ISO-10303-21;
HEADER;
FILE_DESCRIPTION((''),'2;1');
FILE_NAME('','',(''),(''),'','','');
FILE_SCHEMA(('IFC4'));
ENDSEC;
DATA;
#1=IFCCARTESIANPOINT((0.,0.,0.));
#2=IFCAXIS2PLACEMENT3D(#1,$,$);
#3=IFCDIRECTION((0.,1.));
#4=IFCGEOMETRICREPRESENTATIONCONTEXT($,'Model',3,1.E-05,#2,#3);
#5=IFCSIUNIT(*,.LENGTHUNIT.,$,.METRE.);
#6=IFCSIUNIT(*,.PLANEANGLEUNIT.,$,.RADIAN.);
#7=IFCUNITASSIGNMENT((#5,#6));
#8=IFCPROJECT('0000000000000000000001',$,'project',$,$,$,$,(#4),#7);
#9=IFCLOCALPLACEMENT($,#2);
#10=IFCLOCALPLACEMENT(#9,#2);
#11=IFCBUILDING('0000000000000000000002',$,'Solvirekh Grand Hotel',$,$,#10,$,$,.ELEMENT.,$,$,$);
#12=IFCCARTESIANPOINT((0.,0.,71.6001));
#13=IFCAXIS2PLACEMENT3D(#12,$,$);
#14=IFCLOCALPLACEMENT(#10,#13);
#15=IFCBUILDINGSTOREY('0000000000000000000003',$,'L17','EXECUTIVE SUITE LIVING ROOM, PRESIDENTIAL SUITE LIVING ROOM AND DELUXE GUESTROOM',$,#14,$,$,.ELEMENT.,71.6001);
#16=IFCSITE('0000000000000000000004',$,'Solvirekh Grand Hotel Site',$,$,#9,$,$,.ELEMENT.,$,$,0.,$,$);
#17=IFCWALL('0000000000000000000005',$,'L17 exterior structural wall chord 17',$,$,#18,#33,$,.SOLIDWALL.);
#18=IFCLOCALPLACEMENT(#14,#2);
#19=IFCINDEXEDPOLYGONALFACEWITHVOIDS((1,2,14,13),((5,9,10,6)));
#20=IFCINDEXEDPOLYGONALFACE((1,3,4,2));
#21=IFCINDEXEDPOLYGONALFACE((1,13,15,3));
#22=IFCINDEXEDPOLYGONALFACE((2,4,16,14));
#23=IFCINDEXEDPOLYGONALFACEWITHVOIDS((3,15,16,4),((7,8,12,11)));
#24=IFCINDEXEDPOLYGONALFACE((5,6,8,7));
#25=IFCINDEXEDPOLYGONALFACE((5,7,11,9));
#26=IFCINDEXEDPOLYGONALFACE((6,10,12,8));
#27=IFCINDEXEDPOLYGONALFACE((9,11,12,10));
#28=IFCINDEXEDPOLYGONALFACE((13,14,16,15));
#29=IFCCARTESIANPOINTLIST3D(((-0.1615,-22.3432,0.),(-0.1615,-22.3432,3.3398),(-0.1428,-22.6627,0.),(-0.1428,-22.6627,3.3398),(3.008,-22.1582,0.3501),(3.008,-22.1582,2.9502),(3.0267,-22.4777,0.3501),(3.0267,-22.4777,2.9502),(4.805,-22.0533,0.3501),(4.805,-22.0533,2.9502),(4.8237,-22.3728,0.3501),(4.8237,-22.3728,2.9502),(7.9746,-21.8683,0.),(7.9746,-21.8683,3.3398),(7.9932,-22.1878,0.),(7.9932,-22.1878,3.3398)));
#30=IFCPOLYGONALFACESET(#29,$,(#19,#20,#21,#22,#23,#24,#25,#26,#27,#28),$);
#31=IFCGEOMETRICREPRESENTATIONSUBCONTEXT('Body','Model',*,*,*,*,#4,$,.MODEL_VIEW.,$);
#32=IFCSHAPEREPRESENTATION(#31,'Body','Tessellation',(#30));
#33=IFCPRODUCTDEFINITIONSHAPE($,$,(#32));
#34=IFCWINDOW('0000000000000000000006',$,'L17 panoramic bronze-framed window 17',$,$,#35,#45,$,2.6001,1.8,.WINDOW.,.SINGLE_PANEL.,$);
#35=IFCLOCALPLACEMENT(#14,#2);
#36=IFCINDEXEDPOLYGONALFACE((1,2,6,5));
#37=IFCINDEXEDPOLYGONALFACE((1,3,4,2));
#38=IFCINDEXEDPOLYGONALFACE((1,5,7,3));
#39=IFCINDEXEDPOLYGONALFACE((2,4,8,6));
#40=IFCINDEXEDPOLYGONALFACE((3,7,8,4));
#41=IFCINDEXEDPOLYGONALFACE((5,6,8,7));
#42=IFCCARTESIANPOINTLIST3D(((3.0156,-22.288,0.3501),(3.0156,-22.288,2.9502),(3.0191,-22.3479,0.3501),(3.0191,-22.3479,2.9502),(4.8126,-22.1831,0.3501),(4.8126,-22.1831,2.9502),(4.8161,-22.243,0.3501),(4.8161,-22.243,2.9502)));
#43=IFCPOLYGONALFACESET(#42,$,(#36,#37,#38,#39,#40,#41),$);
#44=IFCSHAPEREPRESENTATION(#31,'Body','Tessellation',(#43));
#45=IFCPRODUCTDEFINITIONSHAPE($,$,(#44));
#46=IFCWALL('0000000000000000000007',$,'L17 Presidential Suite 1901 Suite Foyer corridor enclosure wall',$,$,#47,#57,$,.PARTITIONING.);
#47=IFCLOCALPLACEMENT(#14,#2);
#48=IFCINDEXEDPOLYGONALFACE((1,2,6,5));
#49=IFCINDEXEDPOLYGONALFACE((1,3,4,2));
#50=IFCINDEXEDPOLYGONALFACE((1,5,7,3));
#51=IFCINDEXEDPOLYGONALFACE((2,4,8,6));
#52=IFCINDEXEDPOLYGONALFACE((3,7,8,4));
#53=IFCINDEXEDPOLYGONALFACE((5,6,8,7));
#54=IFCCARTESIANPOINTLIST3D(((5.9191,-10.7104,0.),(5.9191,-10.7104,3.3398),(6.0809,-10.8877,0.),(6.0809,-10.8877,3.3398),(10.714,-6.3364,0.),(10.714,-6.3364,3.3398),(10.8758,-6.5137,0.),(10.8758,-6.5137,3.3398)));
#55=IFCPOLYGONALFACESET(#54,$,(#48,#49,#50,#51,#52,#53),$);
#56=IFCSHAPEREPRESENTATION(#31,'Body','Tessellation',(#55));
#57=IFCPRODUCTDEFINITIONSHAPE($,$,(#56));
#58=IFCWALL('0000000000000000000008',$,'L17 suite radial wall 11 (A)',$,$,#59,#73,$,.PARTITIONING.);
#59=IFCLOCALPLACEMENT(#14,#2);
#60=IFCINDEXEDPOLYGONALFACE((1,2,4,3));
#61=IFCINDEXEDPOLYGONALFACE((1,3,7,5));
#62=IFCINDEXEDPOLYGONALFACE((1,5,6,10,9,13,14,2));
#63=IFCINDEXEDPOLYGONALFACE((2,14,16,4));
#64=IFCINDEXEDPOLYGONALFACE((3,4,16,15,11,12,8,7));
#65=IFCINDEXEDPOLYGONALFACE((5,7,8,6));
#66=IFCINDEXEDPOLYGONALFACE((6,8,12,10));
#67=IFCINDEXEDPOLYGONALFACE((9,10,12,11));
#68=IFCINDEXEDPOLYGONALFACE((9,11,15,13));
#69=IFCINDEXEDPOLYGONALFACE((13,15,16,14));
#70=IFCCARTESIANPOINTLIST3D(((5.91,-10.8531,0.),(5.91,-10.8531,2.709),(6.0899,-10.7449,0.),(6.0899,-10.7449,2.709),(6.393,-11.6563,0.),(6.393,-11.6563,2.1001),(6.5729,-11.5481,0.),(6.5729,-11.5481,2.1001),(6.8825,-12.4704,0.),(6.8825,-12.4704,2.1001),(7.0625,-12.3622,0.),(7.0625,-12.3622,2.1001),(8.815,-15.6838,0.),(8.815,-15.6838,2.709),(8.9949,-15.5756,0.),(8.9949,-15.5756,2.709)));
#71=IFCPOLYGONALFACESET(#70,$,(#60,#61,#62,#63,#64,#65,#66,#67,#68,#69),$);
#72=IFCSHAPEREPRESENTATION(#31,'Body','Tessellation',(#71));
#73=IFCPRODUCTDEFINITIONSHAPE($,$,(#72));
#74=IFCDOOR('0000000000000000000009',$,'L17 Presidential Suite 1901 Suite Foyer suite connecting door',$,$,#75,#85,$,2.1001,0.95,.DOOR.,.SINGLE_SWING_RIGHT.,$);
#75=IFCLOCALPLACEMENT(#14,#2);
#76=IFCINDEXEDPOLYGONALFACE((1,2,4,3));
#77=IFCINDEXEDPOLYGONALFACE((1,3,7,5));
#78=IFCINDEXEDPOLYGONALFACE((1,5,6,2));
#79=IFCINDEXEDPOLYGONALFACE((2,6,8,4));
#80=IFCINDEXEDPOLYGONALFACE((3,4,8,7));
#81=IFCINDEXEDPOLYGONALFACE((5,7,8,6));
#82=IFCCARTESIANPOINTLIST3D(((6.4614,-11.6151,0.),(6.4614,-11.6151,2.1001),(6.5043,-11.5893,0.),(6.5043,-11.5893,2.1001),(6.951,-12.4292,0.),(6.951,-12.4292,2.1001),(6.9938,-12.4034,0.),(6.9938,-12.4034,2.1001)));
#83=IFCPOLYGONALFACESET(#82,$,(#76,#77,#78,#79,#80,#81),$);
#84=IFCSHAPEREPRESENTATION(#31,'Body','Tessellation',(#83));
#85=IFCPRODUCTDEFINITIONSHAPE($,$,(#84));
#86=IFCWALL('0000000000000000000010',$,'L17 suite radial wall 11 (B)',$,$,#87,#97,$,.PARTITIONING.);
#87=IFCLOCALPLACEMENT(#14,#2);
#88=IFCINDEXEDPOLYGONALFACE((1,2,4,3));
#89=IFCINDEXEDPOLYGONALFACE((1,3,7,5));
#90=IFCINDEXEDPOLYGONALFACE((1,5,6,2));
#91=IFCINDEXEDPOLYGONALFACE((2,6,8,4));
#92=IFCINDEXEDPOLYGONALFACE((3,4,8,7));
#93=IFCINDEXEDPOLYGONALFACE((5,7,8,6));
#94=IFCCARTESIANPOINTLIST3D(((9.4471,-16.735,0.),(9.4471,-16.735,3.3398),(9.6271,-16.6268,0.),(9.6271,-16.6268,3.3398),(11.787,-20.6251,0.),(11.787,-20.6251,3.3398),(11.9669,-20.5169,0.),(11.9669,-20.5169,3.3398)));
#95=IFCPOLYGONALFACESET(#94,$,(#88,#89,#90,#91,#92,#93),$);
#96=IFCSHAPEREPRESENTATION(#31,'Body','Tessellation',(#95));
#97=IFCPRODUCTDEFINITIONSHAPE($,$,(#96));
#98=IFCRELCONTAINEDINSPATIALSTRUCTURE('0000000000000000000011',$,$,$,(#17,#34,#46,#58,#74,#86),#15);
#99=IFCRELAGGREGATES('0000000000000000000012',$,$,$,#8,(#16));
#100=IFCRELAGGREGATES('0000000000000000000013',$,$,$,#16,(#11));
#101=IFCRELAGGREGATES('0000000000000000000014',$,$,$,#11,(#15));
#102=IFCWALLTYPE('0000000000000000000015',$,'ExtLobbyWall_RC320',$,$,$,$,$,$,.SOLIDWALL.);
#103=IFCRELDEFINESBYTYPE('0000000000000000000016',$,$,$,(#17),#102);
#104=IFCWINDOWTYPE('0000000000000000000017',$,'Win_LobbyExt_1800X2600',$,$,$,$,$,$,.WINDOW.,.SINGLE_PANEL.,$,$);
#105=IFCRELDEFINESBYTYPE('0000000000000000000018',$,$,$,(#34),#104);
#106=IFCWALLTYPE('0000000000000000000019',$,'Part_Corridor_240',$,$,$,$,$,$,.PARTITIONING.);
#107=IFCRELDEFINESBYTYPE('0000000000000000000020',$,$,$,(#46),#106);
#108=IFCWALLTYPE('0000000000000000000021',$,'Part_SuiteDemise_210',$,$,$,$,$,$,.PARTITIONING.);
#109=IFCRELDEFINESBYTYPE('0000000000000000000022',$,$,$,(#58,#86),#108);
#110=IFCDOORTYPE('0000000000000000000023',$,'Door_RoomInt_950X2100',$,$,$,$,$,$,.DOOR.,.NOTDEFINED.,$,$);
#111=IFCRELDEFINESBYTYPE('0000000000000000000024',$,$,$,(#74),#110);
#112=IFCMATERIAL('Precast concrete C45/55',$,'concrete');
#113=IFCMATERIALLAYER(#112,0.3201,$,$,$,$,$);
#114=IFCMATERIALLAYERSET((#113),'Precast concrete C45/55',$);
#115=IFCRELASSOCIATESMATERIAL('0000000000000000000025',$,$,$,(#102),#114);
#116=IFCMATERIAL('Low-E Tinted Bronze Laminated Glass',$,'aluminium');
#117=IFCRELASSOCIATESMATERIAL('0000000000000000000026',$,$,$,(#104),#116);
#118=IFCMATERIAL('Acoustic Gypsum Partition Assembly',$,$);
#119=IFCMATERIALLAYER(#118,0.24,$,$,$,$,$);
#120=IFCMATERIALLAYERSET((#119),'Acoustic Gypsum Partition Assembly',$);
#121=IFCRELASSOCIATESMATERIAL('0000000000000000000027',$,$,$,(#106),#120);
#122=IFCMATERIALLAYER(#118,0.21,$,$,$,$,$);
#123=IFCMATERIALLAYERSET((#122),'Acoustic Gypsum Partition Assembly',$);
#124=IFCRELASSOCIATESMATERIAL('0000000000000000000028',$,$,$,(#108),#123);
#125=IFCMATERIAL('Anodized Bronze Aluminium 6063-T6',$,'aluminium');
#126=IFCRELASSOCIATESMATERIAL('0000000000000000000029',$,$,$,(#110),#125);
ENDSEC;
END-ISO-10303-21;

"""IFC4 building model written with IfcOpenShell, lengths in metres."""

from ifc_helpers import new_model, si_unit, direction, frame, frame_2d, origin, place, context, subcontext, project, spatial, rectangle, extrude, material, layer, layer_set, type_object, element, fill, save


model = new_model("IFC4")

# Units and contexts
model_context = context("Model", 3, precision=1e-05, world=origin(), true_north=direction((0.0, 1.0)))
body_context = subcontext(model_context, "Body", "Model", "MODEL_VIEW")
ifc_project = project(units=[si_unit("LENGTHUNIT", "METRE"), si_unit("PLANEANGLEUNIT", "RADIAN")], contexts=[model_context])

# Site, building, storey
site_placement = place(None, origin())
site = spatial("IfcSite", under=ifc_project, at=site_placement, Name="Solvirekh Grand Hotel Site", CompositionType="ELEMENT", RefElevation=0.0)
building_placement = place(site_placement, origin())
building = spatial("IfcBuilding", under=site, at=building_placement, Name="Solvirekh Grand Hotel", CompositionType="ELEMENT")
storey_placement = place(building_placement, frame((0.0, 0.0, 71.6001)))
storey = spatial("IfcBuildingStorey", under=building, at=storey_placement, Name="L17", Description="EXECUTIVE SUITE LIVING ROOM, PRESIDENTIAL SUITE LIVING ROOM AND DELUXE GUESTROOM", CompositionType="ELEMENT", Elevation=71.6001)

# Shared definitions
ifc_material_1 = material(Name="Anodized Bronze Aluminium 6063-T6", Category="aluminium")

# Wall, opening, window
ifc_material_2 = material(Name="Precast concrete C45/55", Category="concrete")
ifc_layer_1 = layer(ifc_material_2, 0.3201)
ifc_layer_set_1 = layer_set([ifc_layer_1], Name="Precast concrete C45/55")
wall_type_1 = type_object("IfcWallType", Name="ExtLobbyWall_RC320", PredefinedType="SOLIDWALL", material=ifc_layer_set_1)
wall_1_placement = place(storey_placement, frame((7.9839, -22.0281, 0.0), z_axis=(0.0, 0.0, 1.0), x_axis=(-0.998301, -0.058265, 0.0)))
wall_1 = element("IfcWall", 1, at=wall_1_placement, inside=storey, type_object=wall_type_1, Name="L17 exterior structural wall chord 17", PredefinedType="SOLIDWALL", context=body_context, shape_type="SweptSolid", body=[
    extrude(rectangle(XDim=8.1499, YDim=0.3201, at=frame_2d((4.075, 0.0))), origin(), (0.0, 0.0, 1.0), 3.3398),
])
opening_1_placement = place(wall_1_placement, frame((3.175, 0.0, 0.3501)))
opening_1 = element("IfcOpeningElement", 2, at=opening_1_placement, cuts=wall_1, PredefinedType="OPENING", context=body_context, shape_type="SweptSolid", body=[
    extrude(rectangle(XDim=1.8, YDim=2.6001, at=frame_2d((0.8999, 1.3))), frame((0.0, 0.1699, 0.0), z_axis=(0.0, -1.0, 0.0), x_axis=(1.0, 0.0, 0.0)), (0.0, 0.0, 1.0), 0.3401),
])
ifc_material_3 = material(Name="Low-E Tinted Bronze Laminated Glass", Category="aluminium")
window_type = type_object("IfcWindowType", Name="Win_LobbyExt_1800X2600", PartitioningType="SINGLE_PANEL", PredefinedType="WINDOW", material=ifc_material_3)
window_placement = place(opening_1_placement, origin())
window = element("IfcWindow", 3, at=window_placement, inside=storey, type_object=window_type, Name="L17 panoramic bronze-framed window 17", OverallHeight=2.6001, OverallWidth=1.8, PartitioningType="SINGLE_PANEL", PredefinedType="WINDOW", context=body_context, shape_type="SweptSolid", body=[
    extrude(rectangle(XDim=1.8, YDim=2.6001, at=frame_2d((0.8999, 1.3))), frame((0.0, 0.03, 0.0), z_axis=(0.0, -1.0, 0.0), x_axis=(1.0, 0.0, 0.0)), (0.0, 0.0, 1.0), 0.0601),
])
fill(opening_1, window)

# Wall
ifc_material_4 = material(Name="Acoustic Gypsum Partition Assembly")
ifc_layer_2 = layer(ifc_material_4, 0.24)
ifc_layer_set_2 = layer_set([ifc_layer_2], Name="Acoustic Gypsum Partition Assembly")
wall_type_2 = type_object("IfcWallType", Name="Part_Corridor_240", PredefinedType="PARTITIONING", material=ifc_layer_set_2)
wall_2_placement = place(storey_placement, frame((6.0, -10.7991, 0.0), z_axis=(0.0, 0.0, 1.0), x_axis=(0.738788, 0.673937, 0.0)))
element("IfcWall", 4, at=wall_2_placement, inside=storey, type_object=wall_type_2, Name="L17 Presidential Suite 1901 Suite Foyer corridor enclosure wall", PredefinedType="PARTITIONING", context=body_context, shape_type="SweptSolid", body=[
    extrude(rectangle(XDim=6.4902, YDim=0.24, at=frame_2d((3.2451, 0.0))), origin(), (0.0, 0.0, 1.0), 3.3398),
])

# Wall, opening, door
ifc_layer_3 = layer(ifc_material_4, 0.21)
ifc_layer_set_3 = layer_set([ifc_layer_3], Name="Acoustic Gypsum Partition Assembly")
wall_type_3 = type_object("IfcWallType", Name="Part_SuiteDemise_210", PredefinedType="PARTITIONING", material=ifc_layer_set_3)
wall_3_placement = place(storey_placement, frame((6.0, -10.7991, 0.0), z_axis=(0.0, 0.0, 1.0), x_axis=(0.515349, -0.85698, 0.0)))
wall_3 = element("IfcWall", 5, at=wall_3_placement, inside=storey, type_object=wall_type_3, Name="L17 suite radial wall 11 (A)", PredefinedType="PARTITIONING", context=body_context, shape_type="SweptSolid", body=[
    extrude(rectangle(XDim=5.637, YDim=0.21, at=frame_2d((2.8184, 0.0))), origin(), (0.0, 0.0, 1.0), 2.709),
])
opening_2_placement = place(wall_3_placement, frame((0.937, 0.0, 0.0)))
opening_2 = element("IfcOpeningElement", 6, at=opening_2_placement, cuts=wall_3, PredefinedType="OPENING", context=body_context, shape_type="SweptSolid", body=[
    extrude(rectangle(XDim=0.95, YDim=2.1001, at=frame_2d((0.4751, 1.05))), frame((0.0, 0.115, 0.0), z_axis=(0.0, -1.0, 0.0), x_axis=(1.0, 0.0, 0.0)), (0.0, 0.0, 1.0), 0.23),
])
door_type = type_object("IfcDoorType", Name="Door_RoomInt_950X2100", OperationType="NOTDEFINED", PredefinedType="DOOR", material=ifc_material_1)
door_placement = place(opening_2_placement, origin())
door = element("IfcDoor", 7, at=door_placement, inside=storey, type_object=door_type, Name="L17 Presidential Suite 1901 Suite Foyer suite connecting door", OperationType="SINGLE_SWING_RIGHT", OverallHeight=2.1001, OverallWidth=0.95, PredefinedType="DOOR", context=body_context, shape_type="SweptSolid", body=[
    extrude(rectangle(XDim=0.95, YDim=2.1001, at=frame_2d((0.4751, 1.05))), frame((0.0, 0.0249, 0.0), z_axis=(0.0, -1.0, 0.0), x_axis=(1.0, 0.0, 0.0)), (0.0, 0.0, 1.0), 0.05),
])
fill(opening_2, door)

# Wall
wall_4_placement = place(storey_placement, frame((9.5371, -16.6809, 0.0), z_axis=(0.0, 0.0, 1.0), x_axis=(0.515429, -0.856932, 0.0)))
element("IfcWall", 8, at=wall_4_placement, inside=storey, type_object=wall_type_3, Name="L17 suite radial wall 11 (B)", PredefinedType="PARTITIONING", context=body_context, shape_type="SweptSolid", body=[
    extrude(rectangle(XDim=4.5396, YDim=0.21, at=frame_2d((2.2698, 0.0))), origin(), (0.0, 0.0, 1.0), 3.3398),
])

save(model, "model.ifc")
